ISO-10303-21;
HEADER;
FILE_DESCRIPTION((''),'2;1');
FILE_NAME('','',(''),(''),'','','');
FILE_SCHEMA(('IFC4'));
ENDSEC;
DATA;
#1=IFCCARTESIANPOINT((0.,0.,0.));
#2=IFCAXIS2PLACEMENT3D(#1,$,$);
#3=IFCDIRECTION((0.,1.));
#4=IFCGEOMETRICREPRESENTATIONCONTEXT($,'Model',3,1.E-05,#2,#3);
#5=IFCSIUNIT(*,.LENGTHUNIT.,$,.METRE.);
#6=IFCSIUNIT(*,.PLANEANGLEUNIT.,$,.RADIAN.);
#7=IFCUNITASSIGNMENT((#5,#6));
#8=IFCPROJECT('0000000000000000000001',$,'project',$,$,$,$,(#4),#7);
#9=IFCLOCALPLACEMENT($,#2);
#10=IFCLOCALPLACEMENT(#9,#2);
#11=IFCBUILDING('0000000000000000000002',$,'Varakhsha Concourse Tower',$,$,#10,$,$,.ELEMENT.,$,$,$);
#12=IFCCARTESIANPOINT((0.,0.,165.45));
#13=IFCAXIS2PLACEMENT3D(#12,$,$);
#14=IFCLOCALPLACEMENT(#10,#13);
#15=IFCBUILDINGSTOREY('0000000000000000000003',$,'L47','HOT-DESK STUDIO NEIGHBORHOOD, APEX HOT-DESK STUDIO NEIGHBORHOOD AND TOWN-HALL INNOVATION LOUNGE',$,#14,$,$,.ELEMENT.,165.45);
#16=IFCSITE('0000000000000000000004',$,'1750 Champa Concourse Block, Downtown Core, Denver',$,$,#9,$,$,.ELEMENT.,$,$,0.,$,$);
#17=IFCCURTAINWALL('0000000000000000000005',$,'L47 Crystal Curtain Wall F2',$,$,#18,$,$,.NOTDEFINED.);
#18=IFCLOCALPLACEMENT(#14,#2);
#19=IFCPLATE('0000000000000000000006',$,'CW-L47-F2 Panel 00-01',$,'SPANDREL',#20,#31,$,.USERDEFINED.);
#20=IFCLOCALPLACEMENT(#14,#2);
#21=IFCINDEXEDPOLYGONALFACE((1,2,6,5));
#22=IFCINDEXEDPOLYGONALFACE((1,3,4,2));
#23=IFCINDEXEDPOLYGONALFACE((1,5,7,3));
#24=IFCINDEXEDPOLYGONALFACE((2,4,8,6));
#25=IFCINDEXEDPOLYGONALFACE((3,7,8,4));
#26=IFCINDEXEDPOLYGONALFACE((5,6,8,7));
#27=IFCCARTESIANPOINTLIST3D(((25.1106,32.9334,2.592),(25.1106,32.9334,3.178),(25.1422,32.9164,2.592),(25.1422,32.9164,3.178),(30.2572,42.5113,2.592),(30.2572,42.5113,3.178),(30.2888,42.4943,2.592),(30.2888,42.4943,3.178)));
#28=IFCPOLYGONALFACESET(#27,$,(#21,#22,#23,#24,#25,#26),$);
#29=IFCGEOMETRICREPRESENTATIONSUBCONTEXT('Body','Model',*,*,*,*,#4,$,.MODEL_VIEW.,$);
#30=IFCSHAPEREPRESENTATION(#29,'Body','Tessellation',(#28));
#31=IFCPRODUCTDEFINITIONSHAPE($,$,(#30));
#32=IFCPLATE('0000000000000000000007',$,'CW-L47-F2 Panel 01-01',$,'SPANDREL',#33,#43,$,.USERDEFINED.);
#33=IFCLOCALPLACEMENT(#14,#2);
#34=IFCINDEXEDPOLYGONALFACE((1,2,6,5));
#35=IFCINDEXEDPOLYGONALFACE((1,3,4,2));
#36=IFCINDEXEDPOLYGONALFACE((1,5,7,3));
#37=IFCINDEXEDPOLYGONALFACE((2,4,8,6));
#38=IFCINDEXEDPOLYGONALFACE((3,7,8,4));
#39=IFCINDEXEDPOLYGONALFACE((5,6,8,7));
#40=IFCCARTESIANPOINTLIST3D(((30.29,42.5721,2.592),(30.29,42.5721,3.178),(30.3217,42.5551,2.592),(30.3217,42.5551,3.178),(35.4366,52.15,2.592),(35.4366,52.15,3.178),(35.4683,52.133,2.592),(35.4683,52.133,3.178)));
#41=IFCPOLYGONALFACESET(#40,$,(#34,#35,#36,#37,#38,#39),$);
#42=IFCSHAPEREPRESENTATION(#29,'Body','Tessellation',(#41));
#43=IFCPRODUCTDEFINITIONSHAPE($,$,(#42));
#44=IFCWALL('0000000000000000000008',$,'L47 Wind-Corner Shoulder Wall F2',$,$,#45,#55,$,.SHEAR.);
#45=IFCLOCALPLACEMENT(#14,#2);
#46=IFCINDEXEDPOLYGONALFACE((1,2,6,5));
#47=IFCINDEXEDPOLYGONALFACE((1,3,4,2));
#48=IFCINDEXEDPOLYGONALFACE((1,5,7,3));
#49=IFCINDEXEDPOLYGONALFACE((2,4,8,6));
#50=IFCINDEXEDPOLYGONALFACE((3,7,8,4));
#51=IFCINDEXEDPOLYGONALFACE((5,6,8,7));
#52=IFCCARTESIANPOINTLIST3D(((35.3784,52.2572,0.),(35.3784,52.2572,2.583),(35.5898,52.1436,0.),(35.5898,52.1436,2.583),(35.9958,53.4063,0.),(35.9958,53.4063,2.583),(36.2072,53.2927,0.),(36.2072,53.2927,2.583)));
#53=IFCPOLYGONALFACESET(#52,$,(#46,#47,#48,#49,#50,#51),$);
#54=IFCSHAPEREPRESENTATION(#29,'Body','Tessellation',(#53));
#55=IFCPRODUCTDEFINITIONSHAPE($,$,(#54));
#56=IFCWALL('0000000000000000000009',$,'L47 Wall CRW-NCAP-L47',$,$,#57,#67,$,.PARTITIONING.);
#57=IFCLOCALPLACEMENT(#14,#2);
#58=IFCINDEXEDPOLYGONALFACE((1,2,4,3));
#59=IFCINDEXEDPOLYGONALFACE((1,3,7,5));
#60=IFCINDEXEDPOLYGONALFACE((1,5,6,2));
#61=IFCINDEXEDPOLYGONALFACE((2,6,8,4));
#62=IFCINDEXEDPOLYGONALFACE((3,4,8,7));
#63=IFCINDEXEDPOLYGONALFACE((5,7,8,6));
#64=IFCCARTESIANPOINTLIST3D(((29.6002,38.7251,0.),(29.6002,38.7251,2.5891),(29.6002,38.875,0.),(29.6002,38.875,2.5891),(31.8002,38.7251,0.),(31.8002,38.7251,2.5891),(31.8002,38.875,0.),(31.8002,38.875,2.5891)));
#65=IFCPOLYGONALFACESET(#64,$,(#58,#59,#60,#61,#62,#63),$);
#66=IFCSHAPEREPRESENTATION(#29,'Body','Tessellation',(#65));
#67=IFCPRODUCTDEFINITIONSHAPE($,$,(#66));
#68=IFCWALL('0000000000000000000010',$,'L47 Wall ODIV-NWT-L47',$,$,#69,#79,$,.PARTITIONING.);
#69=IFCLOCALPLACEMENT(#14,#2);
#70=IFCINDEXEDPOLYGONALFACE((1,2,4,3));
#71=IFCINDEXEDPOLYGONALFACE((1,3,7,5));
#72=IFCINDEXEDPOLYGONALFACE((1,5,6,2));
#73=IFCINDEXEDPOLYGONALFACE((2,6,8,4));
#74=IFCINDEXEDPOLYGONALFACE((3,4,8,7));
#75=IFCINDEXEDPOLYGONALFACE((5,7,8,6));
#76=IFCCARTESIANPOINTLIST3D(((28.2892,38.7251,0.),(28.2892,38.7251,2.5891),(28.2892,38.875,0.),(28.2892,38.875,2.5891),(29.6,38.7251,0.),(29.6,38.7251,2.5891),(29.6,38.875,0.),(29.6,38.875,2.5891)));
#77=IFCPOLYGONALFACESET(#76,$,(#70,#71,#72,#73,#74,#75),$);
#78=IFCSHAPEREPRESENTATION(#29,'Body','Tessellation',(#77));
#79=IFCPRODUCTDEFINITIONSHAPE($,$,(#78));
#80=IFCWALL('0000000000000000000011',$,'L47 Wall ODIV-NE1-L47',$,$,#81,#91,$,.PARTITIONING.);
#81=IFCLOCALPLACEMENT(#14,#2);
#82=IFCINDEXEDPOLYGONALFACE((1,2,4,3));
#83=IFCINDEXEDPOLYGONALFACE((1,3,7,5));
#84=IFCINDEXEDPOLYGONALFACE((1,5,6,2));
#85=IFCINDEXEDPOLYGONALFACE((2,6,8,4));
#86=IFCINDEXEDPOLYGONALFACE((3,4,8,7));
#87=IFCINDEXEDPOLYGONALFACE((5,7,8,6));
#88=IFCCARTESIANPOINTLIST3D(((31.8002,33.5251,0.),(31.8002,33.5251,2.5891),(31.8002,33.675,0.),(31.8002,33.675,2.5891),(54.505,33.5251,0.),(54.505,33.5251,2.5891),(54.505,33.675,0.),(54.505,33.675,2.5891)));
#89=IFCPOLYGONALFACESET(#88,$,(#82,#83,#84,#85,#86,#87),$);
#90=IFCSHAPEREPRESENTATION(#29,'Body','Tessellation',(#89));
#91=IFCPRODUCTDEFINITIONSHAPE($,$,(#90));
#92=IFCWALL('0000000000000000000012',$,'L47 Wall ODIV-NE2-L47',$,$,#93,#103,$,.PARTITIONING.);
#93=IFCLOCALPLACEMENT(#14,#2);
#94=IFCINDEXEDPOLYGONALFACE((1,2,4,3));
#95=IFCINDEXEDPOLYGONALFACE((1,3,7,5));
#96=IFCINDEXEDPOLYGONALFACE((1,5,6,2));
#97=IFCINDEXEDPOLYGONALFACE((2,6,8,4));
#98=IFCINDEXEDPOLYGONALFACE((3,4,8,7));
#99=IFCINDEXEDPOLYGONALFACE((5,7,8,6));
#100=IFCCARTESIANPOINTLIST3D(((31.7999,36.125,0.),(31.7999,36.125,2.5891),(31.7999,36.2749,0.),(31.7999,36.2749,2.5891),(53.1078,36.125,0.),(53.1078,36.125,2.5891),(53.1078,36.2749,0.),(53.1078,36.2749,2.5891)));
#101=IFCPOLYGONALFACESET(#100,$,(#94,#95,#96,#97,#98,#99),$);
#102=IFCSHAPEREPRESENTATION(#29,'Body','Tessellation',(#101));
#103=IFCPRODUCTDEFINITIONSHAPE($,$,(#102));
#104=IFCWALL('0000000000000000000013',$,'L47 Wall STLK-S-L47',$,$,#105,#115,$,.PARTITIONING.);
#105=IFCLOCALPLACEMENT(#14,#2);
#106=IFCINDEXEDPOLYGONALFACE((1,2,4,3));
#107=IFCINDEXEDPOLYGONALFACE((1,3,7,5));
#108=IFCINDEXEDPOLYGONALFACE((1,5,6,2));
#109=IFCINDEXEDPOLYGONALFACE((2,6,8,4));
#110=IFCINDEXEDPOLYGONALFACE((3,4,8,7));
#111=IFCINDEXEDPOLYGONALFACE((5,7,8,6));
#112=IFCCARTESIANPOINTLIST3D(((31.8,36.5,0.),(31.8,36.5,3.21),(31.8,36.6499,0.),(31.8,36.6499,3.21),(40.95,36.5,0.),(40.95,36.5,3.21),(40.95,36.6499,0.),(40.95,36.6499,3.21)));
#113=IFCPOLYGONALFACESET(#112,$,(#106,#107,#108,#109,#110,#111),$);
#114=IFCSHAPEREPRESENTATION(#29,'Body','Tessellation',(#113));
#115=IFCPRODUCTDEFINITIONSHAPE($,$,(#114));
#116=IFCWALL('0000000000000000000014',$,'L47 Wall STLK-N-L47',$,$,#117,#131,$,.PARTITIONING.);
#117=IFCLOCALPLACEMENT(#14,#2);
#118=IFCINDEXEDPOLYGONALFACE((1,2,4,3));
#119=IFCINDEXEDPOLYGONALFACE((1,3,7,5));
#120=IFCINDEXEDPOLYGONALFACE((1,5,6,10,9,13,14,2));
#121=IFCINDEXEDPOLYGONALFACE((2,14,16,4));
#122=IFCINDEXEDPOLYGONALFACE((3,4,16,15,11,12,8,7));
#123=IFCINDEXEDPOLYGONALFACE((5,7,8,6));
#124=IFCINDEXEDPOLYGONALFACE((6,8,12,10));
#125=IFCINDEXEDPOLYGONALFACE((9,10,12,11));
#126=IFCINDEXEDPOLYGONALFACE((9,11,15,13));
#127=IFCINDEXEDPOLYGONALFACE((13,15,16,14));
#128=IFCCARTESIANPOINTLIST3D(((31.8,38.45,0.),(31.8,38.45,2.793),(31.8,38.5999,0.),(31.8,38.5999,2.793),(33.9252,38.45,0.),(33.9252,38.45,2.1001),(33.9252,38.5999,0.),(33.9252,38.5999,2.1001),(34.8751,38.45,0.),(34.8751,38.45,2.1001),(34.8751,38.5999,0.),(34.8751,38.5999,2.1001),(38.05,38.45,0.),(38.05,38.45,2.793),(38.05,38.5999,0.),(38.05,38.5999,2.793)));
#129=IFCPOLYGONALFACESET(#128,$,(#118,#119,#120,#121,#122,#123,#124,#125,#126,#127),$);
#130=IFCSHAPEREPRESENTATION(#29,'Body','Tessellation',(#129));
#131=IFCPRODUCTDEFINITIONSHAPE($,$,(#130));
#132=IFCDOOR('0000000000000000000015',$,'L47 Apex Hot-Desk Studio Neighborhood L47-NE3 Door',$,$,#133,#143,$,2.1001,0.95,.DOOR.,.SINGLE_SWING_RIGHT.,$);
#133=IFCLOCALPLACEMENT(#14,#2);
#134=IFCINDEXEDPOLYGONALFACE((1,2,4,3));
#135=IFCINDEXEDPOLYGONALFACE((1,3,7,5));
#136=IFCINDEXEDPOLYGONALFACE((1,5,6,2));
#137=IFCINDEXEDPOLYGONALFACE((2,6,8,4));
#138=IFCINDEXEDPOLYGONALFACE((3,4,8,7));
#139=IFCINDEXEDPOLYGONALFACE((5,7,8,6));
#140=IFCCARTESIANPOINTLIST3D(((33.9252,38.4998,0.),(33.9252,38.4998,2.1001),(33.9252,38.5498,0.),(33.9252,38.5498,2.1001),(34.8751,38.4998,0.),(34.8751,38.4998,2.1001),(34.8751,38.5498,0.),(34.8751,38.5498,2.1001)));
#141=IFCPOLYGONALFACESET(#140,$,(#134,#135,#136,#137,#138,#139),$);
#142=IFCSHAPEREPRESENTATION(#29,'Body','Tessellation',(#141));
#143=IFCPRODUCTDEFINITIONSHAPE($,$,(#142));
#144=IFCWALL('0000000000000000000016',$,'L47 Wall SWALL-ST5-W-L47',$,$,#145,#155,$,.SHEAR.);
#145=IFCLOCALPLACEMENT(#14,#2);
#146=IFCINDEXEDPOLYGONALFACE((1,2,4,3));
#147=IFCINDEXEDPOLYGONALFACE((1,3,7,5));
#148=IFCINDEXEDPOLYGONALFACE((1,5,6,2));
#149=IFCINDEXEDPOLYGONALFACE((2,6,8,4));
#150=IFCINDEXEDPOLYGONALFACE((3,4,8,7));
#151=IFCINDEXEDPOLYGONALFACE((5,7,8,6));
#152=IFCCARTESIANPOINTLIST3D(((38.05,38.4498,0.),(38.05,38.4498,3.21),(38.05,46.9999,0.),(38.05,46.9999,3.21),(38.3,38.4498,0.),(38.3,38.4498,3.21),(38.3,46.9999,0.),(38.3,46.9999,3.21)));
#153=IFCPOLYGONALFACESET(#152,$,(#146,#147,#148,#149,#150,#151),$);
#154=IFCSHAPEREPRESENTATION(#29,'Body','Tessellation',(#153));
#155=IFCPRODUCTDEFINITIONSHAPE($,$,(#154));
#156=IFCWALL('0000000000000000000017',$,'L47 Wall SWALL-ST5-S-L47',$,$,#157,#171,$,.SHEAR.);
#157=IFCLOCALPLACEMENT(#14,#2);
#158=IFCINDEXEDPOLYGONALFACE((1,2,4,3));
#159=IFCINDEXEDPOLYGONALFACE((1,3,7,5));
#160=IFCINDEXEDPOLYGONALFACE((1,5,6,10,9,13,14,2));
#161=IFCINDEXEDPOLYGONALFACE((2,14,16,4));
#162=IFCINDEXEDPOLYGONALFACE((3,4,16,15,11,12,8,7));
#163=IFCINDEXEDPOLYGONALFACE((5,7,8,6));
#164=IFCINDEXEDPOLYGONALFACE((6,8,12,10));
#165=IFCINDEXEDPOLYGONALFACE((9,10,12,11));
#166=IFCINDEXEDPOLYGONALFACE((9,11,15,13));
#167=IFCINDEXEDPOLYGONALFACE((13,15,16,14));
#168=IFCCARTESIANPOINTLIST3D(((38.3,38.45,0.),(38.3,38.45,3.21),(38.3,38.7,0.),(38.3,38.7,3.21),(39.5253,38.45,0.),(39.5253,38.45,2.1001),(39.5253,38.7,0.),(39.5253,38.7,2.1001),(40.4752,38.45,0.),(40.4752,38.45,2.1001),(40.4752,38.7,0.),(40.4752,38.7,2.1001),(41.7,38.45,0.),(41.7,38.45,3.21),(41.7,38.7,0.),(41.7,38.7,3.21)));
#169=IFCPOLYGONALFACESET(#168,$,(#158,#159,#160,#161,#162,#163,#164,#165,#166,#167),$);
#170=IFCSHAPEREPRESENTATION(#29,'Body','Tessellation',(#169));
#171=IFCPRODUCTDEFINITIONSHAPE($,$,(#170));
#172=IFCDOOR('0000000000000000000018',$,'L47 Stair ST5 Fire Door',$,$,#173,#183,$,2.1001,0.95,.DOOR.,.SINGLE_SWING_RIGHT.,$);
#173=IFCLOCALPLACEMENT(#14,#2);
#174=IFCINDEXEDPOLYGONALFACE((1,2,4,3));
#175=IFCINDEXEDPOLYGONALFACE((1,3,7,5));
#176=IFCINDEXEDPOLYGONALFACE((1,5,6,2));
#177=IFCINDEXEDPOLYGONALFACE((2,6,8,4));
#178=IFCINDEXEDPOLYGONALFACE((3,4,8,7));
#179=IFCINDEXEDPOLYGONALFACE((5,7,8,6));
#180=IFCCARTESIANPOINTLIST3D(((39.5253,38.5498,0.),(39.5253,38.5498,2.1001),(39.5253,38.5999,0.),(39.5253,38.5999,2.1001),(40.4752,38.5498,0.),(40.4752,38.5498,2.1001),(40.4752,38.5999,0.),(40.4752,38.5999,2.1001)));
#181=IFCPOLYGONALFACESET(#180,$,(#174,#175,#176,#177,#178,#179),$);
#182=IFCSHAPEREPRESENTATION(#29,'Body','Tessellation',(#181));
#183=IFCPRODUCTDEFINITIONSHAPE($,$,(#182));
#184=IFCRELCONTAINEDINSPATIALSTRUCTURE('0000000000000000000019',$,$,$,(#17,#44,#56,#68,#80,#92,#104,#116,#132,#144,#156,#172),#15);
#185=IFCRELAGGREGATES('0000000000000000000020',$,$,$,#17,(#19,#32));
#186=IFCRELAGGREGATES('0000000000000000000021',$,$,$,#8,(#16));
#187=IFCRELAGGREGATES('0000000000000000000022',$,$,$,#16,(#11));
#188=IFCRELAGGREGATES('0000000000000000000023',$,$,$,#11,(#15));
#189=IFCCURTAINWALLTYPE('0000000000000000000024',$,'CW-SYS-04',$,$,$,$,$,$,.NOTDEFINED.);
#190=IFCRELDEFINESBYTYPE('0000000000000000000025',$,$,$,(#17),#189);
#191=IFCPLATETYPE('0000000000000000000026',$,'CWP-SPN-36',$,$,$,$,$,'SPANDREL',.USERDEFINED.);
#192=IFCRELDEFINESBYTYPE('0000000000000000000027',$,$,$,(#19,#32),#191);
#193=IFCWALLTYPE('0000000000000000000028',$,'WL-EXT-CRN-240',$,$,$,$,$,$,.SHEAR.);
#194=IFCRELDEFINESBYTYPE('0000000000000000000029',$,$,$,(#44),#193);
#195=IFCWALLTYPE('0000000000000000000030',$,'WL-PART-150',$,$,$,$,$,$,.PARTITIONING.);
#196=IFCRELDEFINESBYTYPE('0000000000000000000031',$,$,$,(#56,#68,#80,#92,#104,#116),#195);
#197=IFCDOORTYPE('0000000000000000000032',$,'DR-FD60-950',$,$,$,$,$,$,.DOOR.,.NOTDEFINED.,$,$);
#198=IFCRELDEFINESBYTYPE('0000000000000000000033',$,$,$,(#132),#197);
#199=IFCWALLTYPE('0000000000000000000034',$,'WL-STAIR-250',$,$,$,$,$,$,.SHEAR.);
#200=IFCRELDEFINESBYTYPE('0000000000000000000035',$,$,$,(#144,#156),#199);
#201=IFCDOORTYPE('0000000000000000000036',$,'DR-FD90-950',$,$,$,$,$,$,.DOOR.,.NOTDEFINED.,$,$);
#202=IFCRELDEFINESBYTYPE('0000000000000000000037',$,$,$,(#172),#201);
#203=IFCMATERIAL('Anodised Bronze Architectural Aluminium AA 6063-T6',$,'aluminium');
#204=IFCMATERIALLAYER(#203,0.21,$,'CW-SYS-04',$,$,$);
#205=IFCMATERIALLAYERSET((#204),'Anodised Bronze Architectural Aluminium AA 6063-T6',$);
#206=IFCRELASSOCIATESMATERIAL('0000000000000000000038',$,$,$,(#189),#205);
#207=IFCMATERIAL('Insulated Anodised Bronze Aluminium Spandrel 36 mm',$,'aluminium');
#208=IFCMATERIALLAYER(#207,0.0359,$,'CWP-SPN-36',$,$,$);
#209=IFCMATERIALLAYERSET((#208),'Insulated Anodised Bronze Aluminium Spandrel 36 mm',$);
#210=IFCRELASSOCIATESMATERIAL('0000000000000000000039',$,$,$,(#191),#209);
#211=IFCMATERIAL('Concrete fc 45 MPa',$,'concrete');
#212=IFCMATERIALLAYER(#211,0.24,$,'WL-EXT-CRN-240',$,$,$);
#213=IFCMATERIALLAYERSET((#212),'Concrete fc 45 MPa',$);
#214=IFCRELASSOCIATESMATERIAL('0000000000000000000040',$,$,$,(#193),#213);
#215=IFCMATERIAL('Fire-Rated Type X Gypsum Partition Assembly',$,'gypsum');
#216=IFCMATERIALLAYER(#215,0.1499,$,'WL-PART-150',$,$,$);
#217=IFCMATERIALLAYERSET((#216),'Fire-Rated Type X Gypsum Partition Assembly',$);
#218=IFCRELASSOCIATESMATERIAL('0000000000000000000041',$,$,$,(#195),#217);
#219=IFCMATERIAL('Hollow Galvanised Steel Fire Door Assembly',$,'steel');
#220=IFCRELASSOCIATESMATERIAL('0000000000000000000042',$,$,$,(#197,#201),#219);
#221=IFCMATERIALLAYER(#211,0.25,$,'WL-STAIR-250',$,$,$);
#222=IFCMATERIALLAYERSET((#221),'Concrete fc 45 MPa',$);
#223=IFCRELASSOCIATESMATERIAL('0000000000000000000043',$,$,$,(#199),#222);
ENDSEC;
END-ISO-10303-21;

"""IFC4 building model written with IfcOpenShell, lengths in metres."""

from ifc_helpers import new_model, si_unit, direction, frame, frame_2d, origin, origin_2d, place, context, subcontext, project, spatial, rectangle, extrude, source, transform, mapped, material, layer, layer_set, type_object, type_shapes, element, fill, aggregate, save


model = new_model("IFC4")

# Units and contexts
model_context = context("Model", 3, precision=1e-05, world=origin(), true_north=direction((0.0, 1.0)))
body_context = subcontext(model_context, "Body", "Model", "MODEL_VIEW")
ifc_project = project(units=[si_unit("LENGTHUNIT", "METRE"), si_unit("PLANEANGLEUNIT", "RADIAN")], contexts=[model_context])

# Site, building, storey
site_placement = place(None, origin())
site = spatial("IfcSite", under=ifc_project, at=site_placement, Name="1750 Champa Concourse Block, Downtown Core, Denver", CompositionType="ELEMENT", RefElevation=0.0)
building_placement = place(site_placement, origin())
building = spatial("IfcBuilding", under=site, at=building_placement, Name="Varakhsha Concourse Tower", CompositionType="ELEMENT")
storey_placement = place(building_placement, frame((0.0, 0.0, 165.45)))
storey = spatial("IfcBuildingStorey", under=building, at=storey_placement, Name="L47", Description="HOT-DESK STUDIO NEIGHBORHOOD, APEX HOT-DESK STUDIO NEIGHBORHOOD AND TOWN-HALL INNOVATION LOUNGE", CompositionType="ELEMENT", Elevation=165.45)

# Shared definitions
ifc_material_1 = material(Name="Anodised Bronze Architectural Aluminium AA 6063-T6", Category="aluminium")
ifc_layer_1 = layer(ifc_material_1, 0.21, Name="CW-SYS-04")
ifc_layer_set_1 = layer_set([ifc_layer_1], Name="Anodised Bronze Architectural Aluminium AA 6063-T6")
curtain_wall_type = type_object("IfcCurtainWallType", Name="CW-SYS-04", PredefinedType="NOTDEFINED", material=ifc_layer_set_1)

# Curtain wall
curtain_wall_1_placement = place(storey_placement, origin())
curtain_wall_1 = element("IfcCurtainWall", 1, at=curtain_wall_1_placement, inside=storey, type_object=curtain_wall_type, Name="L47 Crystal Curtain Wall F2", PredefinedType="NOTDEFINED")

# Plates
ifc_material_2 = material(Name="Insulated Anodised Bronze Aluminium Spandrel 36 mm", Category="aluminium")
ifc_layer_2 = layer(ifc_material_2, 0.0359, Name="CWP-SPN-36")
ifc_layer_set_2 = layer_set([ifc_layer_2], Name="Insulated Anodised Bronze Aluminium Spandrel 36 mm")
plate_type_1 = type_object("IfcPlateType", Name="CWP-SPN-36", ElementType="SPANDREL", PredefinedType="USERDEFINED", material=ifc_layer_set_2)
shared_shape_1 = source(origin(), body_context, "Body", "SweptSolid", [
    extrude(rectangle(XDim=10.873, YDim=0.0359, at=origin_2d()), origin(), (0.0, 0.0, 1.0), 0.5859),
])
type_shapes(plate_type_1, [shared_shape_1])
plate_1_placement = place(storey_placement, frame((27.6997, 37.7139, 2.592), z_axis=(0.0, 0.0, 1.0), x_axis=(0.473337, 0.880882, 0.0)))
plate_1 = element("IfcPlate", 2, at=plate_1_placement, type_object=plate_type_1, Name="CW-L47-F2 Panel 00-01", ObjectType="SPANDREL", PredefinedType="USERDEFINED", context=body_context, shape_type="MappedRepresentation", body=[
    mapped(shared_shape_1, transform((0.0, 0.0, 0.0), scale=1.0)),
])
plate_2_placement = place(storey_placement, frame((32.8792, 47.3525, 2.592), z_axis=(0.0, 0.0, 1.0), x_axis=(0.473337, 0.880882, 0.0)))
plate_2 = element("IfcPlate", 3, at=plate_2_placement, type_object=plate_type_1, Name="CW-L47-F2 Panel 01-01", ObjectType="SPANDREL", PredefinedType="USERDEFINED", context=body_context, shape_type="MappedRepresentation", body=[
    mapped(shared_shape_1, transform((0.0, 0.0, 0.0), scale=1.0)),
])
aggregate(curtain_wall_1, [plate_1, plate_2])

# Walls
ifc_material_3 = material(Name="Concrete fc 45 MPa", Category="concrete")
ifc_layer_3 = layer(ifc_material_3, 0.24, Name="WL-EXT-CRN-240")
ifc_layer_set_3 = layer_set([ifc_layer_3], Name="Concrete fc 45 MPa")
wall_type_1 = type_object("IfcWallType", Name="WL-EXT-CRN-240", PredefinedType="SHEAR", material=ifc_layer_set_3)
wall_1_placement = place(storey_placement, frame((36.1016, 53.3496, 0.0), z_axis=(0.0, 0.0, 1.0), x_axis=(-0.473296, -0.880903, 0.0)))
element("IfcWall", 4, at=wall_1_placement, inside=storey, type_object=wall_type_1, Name="L47 Wind-Corner Shoulder Wall F2", PredefinedType="SHEAR", context=body_context, shape_type="SweptSolid", body=[
    extrude(rectangle(XDim=1.3044, YDim=0.24, at=frame_2d((0.6523, 0.0))), origin(), (0.0, 0.0, 1.0), 2.583),
])
ifc_material_4 = material(Name="Fire-Rated Type X Gypsum Partition Assembly", Category="gypsum")
ifc_layer_4 = layer(ifc_material_4, 0.1499, Name="WL-PART-150")
ifc_layer_set_4 = layer_set([ifc_layer_4], Name="Fire-Rated Type X Gypsum Partition Assembly")
wall_type_2 = type_object("IfcWallType", Name="WL-PART-150", PredefinedType="PARTITIONING", material=ifc_layer_set_4)
wall_2_placement = place(storey_placement, frame((29.6001, 38.8, 0.0), z_axis=(0.0, 0.0, 1.0), x_axis=(1.0, 0.0, 0.0)))
element("IfcWall", 5, at=wall_2_placement, inside=storey, type_object=wall_type_2, Name="L47 Wall CRW-NCAP-L47", PredefinedType="PARTITIONING", context=body_context, shape_type="SweptSolid", body=[
    extrude(rectangle(XDim=2.2, YDim=0.1499, at=frame_2d((1.1001, 0.0))), origin(), (0.0, 0.0, 1.0), 2.5891),
])
wall_3_placement = place(storey_placement, frame((28.2893, 38.8, 0.0), z_axis=(0.0, 0.0, 1.0), x_axis=(1.0, 0.0, 0.0)))
element("IfcWall", 6, at=wall_3_placement, inside=storey, type_object=wall_type_2, Name="L47 Wall ODIV-NWT-L47", PredefinedType="PARTITIONING", context=body_context, shape_type="SweptSolid", body=[
    extrude(rectangle(XDim=1.3108, YDim=0.1499, at=frame_2d((0.6553, 0.0))), origin(), (0.0, 0.0, 1.0), 2.5891),
])
wall_4_placement = place(storey_placement, frame((31.8, 33.6001, 0.0), z_axis=(0.0, 0.0, 1.0), x_axis=(1.0, 0.0, 0.0)))
element("IfcWall", 7, at=wall_4_placement, inside=storey, type_object=wall_type_2, Name="L47 Wall ODIV-NE1-L47", PredefinedType="PARTITIONING", context=body_context, shape_type="SweptSolid", body=[
    extrude(rectangle(XDim=22.7048, YDim=0.1499, at=frame_2d((11.3525, 0.0))), origin(), (0.0, 0.0, 1.0), 2.5891),
])
wall_5_placement = place(storey_placement, frame((31.8, 36.2, 0.0), z_axis=(0.0, 0.0, 1.0), x_axis=(1.0, 0.0, 0.0)))
element("IfcWall", 8, at=wall_5_placement, inside=storey, type_object=wall_type_2, Name="L47 Wall ODIV-NE2-L47", PredefinedType="PARTITIONING", context=body_context, shape_type="SweptSolid", body=[
    extrude(rectangle(XDim=21.3079, YDim=0.1499, at=frame_2d((10.6538, 0.0))), origin(), (0.0, 0.0, 1.0), 2.5891),
])
wall_6_placement = place(storey_placement, frame((31.8, 36.575, 0.0), z_axis=(0.0, 0.0, 1.0), x_axis=(1.0, 0.0, 0.0)))
element("IfcWall", 9, at=wall_6_placement, inside=storey, type_object=wall_type_2, Name="L47 Wall STLK-S-L47", PredefinedType="PARTITIONING", context=body_context, shape_type="SweptSolid", body=[
    extrude(rectangle(XDim=9.1499, YDim=0.1499, at=frame_2d((4.575, 0.0))), origin(), (0.0, 0.0, 1.0), 3.21),
])

# Wall, opening, door
wall_7_placement = place(storey_placement, frame((31.8, 38.5249, 0.0), z_axis=(0.0, 0.0, 1.0), x_axis=(1.0, 0.0, 0.0)))
wall_7 = element("IfcWall", 10, at=wall_7_placement, inside=storey, type_object=wall_type_2, Name="L47 Wall STLK-N-L47", PredefinedType="PARTITIONING", context=body_context, shape_type="SweptSolid", body=[
    extrude(rectangle(XDim=6.25, YDim=0.1499, at=frame_2d((3.125, 0.0))), origin(), (0.0, 0.0, 1.0), 2.793),
])
opening_1_placement = place(wall_7_placement, frame((2.125, 0.0, 0.0)))
opening_1 = element("IfcOpeningElement", 11, at=opening_1_placement, cuts=wall_7, PredefinedType="OPENING", context=body_context, shape_type="SweptSolid", body=[
    extrude(rectangle(XDim=0.95, YDim=2.1001, at=frame_2d((0.4751, 1.05))), frame((0.0, 0.085, 0.0), z_axis=(0.0, -1.0, 0.0), x_axis=(1.0, 0.0, 0.0)), (0.0, 0.0, 1.0), 0.1699),
])
ifc_material_5 = material(Name="Hollow Galvanised Steel Fire Door Assembly", Category="steel")
door_type_1 = type_object("IfcDoorType", Name="DR-FD60-950", OperationType="NOTDEFINED", PredefinedType="DOOR", material=ifc_material_5)
door_1_placement = place(opening_1_placement, origin())
door_1 = element("IfcDoor", 12, at=door_1_placement, inside=storey, type_object=door_type_1, Name="L47 Apex Hot-Desk Studio Neighborhood L47-NE3 Door", OperationType="SINGLE_SWING_RIGHT", OverallHeight=2.1001, OverallWidth=0.95, PredefinedType="DOOR", context=body_context, shape_type="SweptSolid", body=[
    extrude(rectangle(XDim=0.95, YDim=2.1001, at=frame_2d((0.4751, 1.05))), frame((0.0, 0.0249, 0.0), z_axis=(0.0, -1.0, 0.0), x_axis=(1.0, 0.0, 0.0)), (0.0, 0.0, 1.0), 0.05),
])
fill(opening_1, door_1)

# Wall
ifc_layer_5 = layer(ifc_material_3, 0.25, Name="WL-STAIR-250")
ifc_layer_set_5 = layer_set([ifc_layer_5], Name="Concrete fc 45 MPa")
wall_type_3 = type_object("IfcWallType", Name="WL-STAIR-250", PredefinedType="SHEAR", material=ifc_layer_set_5)
wall_8_placement = place(storey_placement, frame((38.175, 38.45, 0.0), z_axis=(0.0, 0.0, 1.0), x_axis=(0.0, 1.0, 0.0)))
element("IfcWall", 13, at=wall_8_placement, inside=storey, type_object=wall_type_3, Name="L47 Wall SWALL-ST5-W-L47", PredefinedType="SHEAR", context=body_context, shape_type="SweptSolid", body=[
    extrude(rectangle(XDim=8.55, YDim=0.25, at=frame_2d((4.2749, 0.0))), origin(), (0.0, 0.0, 1.0), 3.21),
])

# Wall, opening, door
wall_9_placement = place(storey_placement, frame((38.3, 38.575, 0.0), z_axis=(0.0, 0.0, 1.0), x_axis=(1.0, 0.0, 0.0)))
wall_9 = element("IfcWall", 14, at=wall_9_placement, inside=storey, type_object=wall_type_3, Name="L47 Wall SWALL-ST5-S-L47", PredefinedType="SHEAR", context=body_context, shape_type="SweptSolid", body=[
    extrude(rectangle(XDim=3.3999, YDim=0.25, at=frame_2d((1.7, 0.0))), origin(), (0.0, 0.0, 1.0), 3.21),
])
opening_2_placement = place(wall_9_placement, frame((1.2251, 0.0, 0.0)))
opening_2 = element("IfcOpeningElement", 15, at=opening_2_placement, cuts=wall_9, PredefinedType="OPENING", context=body_context, shape_type="SweptSolid", body=[
    extrude(rectangle(XDim=0.95, YDim=2.1001, at=frame_2d((0.4751, 1.05))), frame((0.0, 0.135, 0.0), z_axis=(0.0, -1.0, 0.0), x_axis=(1.0, 0.0, 0.0)), (0.0, 0.0, 1.0), 0.27),
])
door_type_2 = type_object("IfcDoorType", Name="DR-FD90-950", OperationType="NOTDEFINED", PredefinedType="DOOR", material=ifc_material_5)
door_2_placement = place(opening_2_placement, origin())
door_2 = element("IfcDoor", 16, at=door_2_placement, inside=storey, type_object=door_type_2, Name="L47 Stair ST5 Fire Door", OperationType="SINGLE_SWING_RIGHT", OverallHeight=2.1001, OverallWidth=0.95, PredefinedType="DOOR", context=body_context, shape_type="SweptSolid", body=[
    extrude(rectangle(XDim=0.95, YDim=2.1001, at=frame_2d((0.4751, 1.05))), frame((0.0, 0.0249, 0.0), z_axis=(0.0, -1.0, 0.0), x_axis=(1.0, 0.0, 0.0)), (0.0, 0.0, 1.0), 0.05),
])
fill(opening_2, door_2)

save(model, "model.ifc")
